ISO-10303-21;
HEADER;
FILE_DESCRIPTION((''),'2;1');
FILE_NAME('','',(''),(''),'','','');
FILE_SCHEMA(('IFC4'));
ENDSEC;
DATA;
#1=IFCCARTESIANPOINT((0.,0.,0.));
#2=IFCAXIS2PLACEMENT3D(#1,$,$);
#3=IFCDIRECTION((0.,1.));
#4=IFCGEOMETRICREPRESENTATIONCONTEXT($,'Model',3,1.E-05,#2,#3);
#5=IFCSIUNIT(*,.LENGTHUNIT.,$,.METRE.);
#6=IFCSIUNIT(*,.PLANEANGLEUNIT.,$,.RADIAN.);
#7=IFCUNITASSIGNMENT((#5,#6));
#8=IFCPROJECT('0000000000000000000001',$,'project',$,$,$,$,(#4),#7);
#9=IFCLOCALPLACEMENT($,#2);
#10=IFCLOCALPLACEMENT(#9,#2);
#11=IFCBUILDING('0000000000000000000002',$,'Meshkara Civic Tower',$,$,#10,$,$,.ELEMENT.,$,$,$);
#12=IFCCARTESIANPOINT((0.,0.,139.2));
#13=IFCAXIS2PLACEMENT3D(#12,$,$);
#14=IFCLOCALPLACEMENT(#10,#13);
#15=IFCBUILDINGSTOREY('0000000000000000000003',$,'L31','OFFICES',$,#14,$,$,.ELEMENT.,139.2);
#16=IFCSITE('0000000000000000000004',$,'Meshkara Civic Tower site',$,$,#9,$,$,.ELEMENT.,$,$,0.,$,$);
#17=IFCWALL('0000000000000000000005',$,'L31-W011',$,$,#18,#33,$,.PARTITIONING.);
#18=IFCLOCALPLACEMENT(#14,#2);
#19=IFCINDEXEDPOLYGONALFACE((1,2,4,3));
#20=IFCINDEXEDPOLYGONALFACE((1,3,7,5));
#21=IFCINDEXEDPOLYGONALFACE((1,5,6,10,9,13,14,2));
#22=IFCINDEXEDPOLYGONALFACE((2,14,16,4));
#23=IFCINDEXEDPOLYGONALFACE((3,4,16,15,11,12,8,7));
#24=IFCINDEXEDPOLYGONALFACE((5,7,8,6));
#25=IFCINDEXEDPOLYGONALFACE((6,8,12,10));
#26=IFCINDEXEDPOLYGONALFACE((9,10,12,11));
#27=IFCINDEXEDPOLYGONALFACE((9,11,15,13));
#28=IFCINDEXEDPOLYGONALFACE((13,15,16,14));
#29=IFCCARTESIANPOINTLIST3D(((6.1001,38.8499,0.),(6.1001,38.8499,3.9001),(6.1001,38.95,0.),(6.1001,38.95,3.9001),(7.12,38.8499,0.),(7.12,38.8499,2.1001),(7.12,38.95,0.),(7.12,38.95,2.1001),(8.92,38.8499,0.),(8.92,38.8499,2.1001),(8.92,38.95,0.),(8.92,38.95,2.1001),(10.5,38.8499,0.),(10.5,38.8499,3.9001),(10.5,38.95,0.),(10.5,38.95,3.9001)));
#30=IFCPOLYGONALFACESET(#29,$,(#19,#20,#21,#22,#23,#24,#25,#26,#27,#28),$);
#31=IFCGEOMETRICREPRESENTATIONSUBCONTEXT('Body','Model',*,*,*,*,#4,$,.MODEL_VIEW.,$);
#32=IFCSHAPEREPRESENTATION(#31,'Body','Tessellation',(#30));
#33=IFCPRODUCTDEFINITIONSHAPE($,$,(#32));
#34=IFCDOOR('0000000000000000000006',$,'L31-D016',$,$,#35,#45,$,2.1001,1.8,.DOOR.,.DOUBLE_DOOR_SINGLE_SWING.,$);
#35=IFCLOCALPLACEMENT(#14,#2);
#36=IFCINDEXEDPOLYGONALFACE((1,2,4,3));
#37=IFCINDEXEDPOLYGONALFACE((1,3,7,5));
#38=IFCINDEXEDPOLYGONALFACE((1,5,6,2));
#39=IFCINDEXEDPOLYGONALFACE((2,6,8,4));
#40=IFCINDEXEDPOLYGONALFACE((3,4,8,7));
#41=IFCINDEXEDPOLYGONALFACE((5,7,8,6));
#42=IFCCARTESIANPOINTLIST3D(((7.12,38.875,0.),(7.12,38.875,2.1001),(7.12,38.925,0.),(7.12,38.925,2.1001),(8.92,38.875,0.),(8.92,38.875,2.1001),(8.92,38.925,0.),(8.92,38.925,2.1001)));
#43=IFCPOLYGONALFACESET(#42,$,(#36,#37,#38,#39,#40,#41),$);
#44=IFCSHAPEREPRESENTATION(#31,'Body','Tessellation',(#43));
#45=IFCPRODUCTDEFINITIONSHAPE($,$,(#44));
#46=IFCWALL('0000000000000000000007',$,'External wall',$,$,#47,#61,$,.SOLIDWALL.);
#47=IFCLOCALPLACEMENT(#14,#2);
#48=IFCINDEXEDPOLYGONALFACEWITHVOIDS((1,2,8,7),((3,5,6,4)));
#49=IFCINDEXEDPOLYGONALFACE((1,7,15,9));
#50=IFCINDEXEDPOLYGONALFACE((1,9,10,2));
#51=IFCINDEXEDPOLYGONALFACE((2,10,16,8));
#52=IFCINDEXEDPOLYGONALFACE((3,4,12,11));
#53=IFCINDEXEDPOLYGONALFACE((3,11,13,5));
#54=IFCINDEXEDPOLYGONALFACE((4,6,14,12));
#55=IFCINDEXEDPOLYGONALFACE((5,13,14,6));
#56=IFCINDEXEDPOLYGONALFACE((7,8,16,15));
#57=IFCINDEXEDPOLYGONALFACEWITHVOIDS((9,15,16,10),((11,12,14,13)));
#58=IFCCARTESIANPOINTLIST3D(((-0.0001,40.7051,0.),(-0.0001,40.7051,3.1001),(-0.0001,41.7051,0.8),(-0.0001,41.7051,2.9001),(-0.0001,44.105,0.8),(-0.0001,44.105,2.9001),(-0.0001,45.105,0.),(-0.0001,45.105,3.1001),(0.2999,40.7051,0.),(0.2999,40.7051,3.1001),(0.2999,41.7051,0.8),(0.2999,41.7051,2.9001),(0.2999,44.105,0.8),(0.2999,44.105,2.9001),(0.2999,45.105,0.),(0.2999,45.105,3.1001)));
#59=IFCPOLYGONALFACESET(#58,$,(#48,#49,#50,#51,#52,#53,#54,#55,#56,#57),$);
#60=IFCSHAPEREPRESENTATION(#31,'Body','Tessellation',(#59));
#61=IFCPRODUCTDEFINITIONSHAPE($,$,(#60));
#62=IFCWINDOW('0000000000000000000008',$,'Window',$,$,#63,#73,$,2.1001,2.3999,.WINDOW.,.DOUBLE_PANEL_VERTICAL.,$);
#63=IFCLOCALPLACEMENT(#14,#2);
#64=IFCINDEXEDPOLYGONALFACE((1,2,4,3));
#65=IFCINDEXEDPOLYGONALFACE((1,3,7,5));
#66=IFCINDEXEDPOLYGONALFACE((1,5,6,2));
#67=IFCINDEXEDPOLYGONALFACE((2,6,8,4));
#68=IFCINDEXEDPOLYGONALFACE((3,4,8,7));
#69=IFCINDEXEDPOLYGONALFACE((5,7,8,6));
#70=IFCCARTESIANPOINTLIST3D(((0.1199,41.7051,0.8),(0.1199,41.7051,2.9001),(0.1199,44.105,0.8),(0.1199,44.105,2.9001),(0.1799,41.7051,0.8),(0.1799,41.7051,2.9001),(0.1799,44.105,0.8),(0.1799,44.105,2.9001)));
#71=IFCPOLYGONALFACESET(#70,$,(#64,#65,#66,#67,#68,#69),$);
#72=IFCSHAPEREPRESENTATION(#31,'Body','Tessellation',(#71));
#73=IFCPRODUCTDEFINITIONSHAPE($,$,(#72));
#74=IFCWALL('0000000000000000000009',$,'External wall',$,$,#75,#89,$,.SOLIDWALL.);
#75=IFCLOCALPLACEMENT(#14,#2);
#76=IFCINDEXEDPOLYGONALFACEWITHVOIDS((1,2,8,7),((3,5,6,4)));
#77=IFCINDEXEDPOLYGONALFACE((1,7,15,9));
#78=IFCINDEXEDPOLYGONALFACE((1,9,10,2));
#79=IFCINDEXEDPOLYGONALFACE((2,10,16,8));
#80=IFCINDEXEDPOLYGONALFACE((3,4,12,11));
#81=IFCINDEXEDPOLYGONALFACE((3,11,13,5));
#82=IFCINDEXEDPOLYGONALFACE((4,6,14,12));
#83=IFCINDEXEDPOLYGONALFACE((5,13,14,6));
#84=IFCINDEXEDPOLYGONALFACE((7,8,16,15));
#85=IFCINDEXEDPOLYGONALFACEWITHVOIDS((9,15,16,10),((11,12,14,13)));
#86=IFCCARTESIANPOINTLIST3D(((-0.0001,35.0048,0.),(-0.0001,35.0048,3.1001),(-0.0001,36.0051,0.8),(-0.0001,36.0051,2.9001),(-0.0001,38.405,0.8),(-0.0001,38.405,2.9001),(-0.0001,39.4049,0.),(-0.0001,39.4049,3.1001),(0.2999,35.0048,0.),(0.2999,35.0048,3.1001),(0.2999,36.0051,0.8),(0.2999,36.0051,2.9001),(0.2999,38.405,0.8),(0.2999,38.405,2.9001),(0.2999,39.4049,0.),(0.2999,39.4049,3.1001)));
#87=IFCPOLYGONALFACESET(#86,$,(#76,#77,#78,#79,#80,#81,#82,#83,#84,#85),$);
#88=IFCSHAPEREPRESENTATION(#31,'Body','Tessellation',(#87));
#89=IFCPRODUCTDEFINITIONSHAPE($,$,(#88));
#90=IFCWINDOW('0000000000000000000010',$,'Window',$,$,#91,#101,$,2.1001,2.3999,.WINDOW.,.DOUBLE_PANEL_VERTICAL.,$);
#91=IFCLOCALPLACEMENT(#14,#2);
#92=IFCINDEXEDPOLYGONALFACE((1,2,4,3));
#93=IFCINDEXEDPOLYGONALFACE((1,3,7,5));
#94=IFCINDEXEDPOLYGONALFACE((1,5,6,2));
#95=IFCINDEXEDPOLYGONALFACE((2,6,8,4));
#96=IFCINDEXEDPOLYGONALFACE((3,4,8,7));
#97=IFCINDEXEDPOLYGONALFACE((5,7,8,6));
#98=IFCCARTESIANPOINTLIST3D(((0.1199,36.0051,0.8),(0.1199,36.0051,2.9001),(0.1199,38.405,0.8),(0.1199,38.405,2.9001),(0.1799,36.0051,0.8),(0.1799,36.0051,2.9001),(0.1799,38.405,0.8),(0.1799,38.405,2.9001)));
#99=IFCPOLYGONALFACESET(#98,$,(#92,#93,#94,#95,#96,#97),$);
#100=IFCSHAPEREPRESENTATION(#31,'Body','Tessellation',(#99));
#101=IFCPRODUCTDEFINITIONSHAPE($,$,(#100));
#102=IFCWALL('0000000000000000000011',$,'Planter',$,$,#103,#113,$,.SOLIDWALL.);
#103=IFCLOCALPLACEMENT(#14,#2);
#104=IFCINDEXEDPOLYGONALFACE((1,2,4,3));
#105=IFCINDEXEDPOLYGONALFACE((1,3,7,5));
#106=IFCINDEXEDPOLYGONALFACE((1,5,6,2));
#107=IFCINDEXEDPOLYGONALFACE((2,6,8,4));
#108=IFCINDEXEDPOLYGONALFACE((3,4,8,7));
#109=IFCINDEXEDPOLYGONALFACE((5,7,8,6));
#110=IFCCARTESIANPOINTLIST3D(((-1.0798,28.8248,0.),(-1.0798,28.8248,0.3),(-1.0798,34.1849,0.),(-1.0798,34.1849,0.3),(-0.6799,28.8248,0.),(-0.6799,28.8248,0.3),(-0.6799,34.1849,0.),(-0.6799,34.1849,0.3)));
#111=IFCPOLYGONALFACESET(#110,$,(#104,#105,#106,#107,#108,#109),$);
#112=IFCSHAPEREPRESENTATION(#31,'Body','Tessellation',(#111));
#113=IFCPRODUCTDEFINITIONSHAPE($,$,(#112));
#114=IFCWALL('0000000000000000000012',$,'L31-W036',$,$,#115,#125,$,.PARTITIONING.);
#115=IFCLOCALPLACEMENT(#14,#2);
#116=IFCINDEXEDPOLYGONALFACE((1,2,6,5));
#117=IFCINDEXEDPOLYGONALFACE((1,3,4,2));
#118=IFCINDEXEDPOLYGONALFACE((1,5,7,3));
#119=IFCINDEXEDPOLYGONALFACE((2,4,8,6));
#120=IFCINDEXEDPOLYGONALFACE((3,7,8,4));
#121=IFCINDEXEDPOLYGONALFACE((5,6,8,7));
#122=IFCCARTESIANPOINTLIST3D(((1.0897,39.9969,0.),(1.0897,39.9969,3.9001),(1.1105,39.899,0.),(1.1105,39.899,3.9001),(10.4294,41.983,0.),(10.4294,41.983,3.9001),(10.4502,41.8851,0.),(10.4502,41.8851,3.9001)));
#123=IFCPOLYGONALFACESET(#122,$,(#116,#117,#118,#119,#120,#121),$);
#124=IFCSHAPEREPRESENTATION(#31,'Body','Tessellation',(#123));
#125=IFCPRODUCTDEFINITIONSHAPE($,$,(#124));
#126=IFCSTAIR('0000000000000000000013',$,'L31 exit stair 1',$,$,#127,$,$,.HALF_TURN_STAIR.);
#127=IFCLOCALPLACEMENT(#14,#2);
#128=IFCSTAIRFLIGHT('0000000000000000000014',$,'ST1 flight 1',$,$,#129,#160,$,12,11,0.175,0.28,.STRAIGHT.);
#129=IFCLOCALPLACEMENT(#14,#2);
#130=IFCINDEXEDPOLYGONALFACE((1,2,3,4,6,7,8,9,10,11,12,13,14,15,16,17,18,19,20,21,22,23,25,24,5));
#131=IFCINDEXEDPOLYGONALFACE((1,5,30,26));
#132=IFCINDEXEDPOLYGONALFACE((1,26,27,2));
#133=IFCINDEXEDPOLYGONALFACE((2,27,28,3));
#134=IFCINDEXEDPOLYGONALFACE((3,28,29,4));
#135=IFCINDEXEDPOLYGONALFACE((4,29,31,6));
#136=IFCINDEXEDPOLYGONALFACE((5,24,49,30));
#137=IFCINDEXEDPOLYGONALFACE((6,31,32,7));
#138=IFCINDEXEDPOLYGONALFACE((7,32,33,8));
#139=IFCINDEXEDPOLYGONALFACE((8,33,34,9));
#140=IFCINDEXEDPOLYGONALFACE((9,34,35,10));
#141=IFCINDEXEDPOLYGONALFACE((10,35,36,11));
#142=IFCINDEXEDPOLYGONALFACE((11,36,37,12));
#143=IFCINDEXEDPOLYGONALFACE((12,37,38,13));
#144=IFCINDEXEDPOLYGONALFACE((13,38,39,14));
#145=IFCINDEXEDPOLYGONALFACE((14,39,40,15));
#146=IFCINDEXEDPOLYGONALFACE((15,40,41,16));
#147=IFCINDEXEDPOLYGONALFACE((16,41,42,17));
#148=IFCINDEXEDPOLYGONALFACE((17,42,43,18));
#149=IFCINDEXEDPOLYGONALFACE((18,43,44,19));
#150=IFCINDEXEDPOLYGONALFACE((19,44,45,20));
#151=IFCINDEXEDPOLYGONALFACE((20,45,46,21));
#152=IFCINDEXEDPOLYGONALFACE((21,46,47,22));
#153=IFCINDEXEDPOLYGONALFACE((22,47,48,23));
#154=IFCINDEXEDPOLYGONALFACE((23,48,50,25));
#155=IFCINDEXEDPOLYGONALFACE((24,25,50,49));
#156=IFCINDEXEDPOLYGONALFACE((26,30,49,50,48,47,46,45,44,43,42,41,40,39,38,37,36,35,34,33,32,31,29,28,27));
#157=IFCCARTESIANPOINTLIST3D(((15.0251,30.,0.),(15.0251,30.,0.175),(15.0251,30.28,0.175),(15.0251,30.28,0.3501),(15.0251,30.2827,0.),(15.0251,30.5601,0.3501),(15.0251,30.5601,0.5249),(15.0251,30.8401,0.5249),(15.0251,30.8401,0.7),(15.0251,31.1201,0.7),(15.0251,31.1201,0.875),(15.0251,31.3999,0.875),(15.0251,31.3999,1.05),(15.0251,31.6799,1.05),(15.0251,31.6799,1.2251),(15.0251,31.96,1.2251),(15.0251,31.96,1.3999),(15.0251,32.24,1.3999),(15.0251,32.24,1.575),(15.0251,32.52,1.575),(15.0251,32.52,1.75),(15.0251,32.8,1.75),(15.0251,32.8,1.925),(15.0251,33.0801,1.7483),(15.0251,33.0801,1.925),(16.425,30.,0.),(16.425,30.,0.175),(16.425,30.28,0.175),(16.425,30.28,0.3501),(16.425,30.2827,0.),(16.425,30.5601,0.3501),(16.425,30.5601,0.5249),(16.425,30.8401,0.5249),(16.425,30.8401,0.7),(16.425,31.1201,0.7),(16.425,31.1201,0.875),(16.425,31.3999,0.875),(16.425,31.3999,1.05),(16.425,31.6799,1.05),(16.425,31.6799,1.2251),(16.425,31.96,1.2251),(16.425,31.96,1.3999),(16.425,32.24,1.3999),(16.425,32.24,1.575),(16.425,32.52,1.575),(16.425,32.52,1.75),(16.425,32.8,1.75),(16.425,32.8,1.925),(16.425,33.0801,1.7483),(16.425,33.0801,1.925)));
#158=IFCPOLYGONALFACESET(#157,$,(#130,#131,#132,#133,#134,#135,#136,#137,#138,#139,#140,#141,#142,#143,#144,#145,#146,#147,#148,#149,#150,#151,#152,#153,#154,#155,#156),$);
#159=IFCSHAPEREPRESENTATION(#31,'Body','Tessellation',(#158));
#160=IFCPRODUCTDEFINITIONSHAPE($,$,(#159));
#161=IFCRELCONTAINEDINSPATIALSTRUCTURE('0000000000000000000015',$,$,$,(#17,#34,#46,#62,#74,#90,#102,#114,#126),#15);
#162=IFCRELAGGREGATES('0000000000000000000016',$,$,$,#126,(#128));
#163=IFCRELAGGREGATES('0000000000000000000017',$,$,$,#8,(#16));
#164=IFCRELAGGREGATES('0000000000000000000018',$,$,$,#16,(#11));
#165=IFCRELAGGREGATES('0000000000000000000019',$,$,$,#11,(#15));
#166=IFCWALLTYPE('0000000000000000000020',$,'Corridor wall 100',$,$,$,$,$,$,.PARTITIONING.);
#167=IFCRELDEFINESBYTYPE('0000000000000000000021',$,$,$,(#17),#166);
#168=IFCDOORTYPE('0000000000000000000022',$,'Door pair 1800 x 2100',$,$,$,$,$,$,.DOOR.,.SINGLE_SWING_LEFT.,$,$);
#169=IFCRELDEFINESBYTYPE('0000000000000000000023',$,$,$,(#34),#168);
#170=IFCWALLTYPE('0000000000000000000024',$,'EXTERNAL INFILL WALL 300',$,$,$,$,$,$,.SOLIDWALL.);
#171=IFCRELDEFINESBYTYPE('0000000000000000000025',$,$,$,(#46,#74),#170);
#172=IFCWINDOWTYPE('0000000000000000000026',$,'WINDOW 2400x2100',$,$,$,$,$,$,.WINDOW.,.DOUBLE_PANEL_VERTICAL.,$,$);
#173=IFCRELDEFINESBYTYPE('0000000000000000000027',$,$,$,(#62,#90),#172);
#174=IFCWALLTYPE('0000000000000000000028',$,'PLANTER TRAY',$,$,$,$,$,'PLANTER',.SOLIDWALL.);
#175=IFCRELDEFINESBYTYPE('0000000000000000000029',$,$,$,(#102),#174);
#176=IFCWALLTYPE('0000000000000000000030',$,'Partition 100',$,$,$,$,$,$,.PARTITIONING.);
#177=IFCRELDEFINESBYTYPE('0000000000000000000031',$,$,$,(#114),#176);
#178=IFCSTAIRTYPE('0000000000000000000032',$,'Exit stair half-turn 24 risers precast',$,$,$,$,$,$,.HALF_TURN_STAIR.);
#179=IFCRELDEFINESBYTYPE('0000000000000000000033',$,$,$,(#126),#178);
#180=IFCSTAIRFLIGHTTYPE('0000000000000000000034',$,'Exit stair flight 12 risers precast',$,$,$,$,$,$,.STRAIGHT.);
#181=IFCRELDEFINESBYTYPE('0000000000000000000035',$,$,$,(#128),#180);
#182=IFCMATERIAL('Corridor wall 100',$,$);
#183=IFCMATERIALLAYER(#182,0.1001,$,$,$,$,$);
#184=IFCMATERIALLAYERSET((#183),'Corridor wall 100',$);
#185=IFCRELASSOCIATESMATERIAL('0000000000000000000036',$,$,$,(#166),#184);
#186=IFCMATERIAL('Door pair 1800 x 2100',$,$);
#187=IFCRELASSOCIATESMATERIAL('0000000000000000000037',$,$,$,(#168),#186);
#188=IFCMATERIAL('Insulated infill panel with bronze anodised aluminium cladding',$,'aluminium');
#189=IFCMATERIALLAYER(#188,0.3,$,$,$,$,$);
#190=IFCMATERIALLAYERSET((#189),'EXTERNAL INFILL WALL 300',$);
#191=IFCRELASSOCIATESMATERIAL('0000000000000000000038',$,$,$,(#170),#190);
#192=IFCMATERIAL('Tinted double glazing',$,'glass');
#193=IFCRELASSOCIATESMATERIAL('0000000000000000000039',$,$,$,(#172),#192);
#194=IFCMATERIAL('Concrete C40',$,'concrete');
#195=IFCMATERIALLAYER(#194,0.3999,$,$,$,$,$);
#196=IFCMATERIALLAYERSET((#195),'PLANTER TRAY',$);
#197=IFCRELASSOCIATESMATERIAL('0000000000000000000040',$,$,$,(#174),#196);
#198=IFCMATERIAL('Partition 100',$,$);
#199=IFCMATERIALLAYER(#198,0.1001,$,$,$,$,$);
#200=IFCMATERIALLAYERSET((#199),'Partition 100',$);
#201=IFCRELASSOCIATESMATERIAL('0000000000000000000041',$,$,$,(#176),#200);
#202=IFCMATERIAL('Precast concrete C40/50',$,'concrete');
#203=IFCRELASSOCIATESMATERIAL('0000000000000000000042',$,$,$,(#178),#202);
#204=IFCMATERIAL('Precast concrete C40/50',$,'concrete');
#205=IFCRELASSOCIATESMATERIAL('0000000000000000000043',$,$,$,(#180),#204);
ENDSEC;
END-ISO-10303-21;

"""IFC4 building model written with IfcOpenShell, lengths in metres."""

from ifc_helpers import new_model, si_unit, direction, frame, frame_2d, origin, place, context, subcontext, project, spatial, polyline, rectangle, outline, extrude, material, layer, layer_set, type_object, element, fill, aggregate, save


model = new_model("IFC4")

# Units and contexts
model_context = context("Model", 3, precision=1e-05, world=origin(), true_north=direction((0.0, 1.0)))
body_context = subcontext(model_context, "Body", "Model", "MODEL_VIEW")
ifc_project = project(units=[si_unit("LENGTHUNIT", "METRE"), si_unit("PLANEANGLEUNIT", "RADIAN")], contexts=[model_context])

# Site, building, storey
site_placement = place(None, origin())
site = spatial("IfcSite", under=ifc_project, at=site_placement, Name="Meshkara Civic Tower site", CompositionType="ELEMENT", RefElevation=0.0)
building_placement = place(site_placement, origin())
building = spatial("IfcBuilding", under=site, at=building_placement, Name="Meshkara Civic Tower", CompositionType="ELEMENT")
storey_placement = place(building_placement, frame((0.0, 0.0, 139.2)))
storey = spatial("IfcBuildingStorey", under=building, at=storey_placement, Name="L31", Description="OFFICES", CompositionType="ELEMENT", Elevation=139.2)

# Wall, opening, door
ifc_material_1 = material(Name="Corridor wall 100")
ifc_layer_1 = layer(ifc_material_1, 0.1001)
ifc_layer_set_1 = layer_set([ifc_layer_1], Name="Corridor wall 100")
wall_type_1 = type_object("IfcWallType", Name="Corridor wall 100", PredefinedType="PARTITIONING", material=ifc_layer_set_1)
wall_1_placement = place(storey_placement, frame((10.5, 38.8999, 0.0), z_axis=(0.0, 0.0, 1.0), x_axis=(-1.0, 0.0, 0.0)))
wall_1 = element("IfcWall", 1, at=wall_1_placement, inside=storey, type_object=wall_type_1, Name="L31-W011", PredefinedType="PARTITIONING", context=body_context, shape_type="SweptSolid", body=[
    extrude(rectangle(XDim=4.3999, YDim=0.1001, at=frame_2d((2.2, 0.0))), origin(), (0.0, 0.0, 1.0), 3.9001),
])
opening_1_placement = place(wall_1_placement, frame((1.5801, 0.0, 0.0)))
opening_1 = element("IfcOpeningElement", 2, at=opening_1_placement, cuts=wall_1, PredefinedType="OPENING", context=body_context, shape_type="SweptSolid", body=[
    extrude(rectangle(XDim=1.8, YDim=2.1001, at=frame_2d((0.8999, 1.05))), frame((0.0, 0.0601, 0.0), z_axis=(0.0, -1.0, 0.0), x_axis=(1.0, 0.0, 0.0)), (0.0, 0.0, 1.0), 0.1201),
])
ifc_material_2 = material(Name="Door pair 1800 x 2100")
door_type_1 = type_object("IfcDoorType", Name="Door pair 1800 x 2100", OperationType="SINGLE_SWING_LEFT", PredefinedType="DOOR", material=ifc_material_2)
door_1_placement = place(opening_1_placement, origin())
door_1 = element("IfcDoor", 3, at=door_1_placement, inside=storey, type_object=door_type_1, Name="L31-D016", OperationType="DOUBLE_DOOR_SINGLE_SWING", OverallHeight=2.1001, OverallWidth=1.8, PredefinedType="DOOR", context=body_context, shape_type="SweptSolid", body=[
    extrude(rectangle(XDim=1.8, YDim=2.1001, at=frame_2d((0.8999, 1.05))), frame((0.0, 0.0249, 0.0), z_axis=(0.0, -1.0, 0.0), x_axis=(1.0, 0.0, 0.0)), (0.0, 0.0, 1.0), 0.05),
])
fill(opening_1, door_1)

# Walls, openings, windows
ifc_material_3 = material(Name="Insulated infill panel with bronze anodised aluminium cladding", Category="aluminium")
ifc_layer_2 = layer(ifc_material_3, 0.3)
ifc_layer_set_2 = layer_set([ifc_layer_2], Name="EXTERNAL INFILL WALL 300")
wall_type_2 = type_object("IfcWallType", Name="EXTERNAL INFILL WALL 300", PredefinedType="SOLIDWALL", material=ifc_layer_set_2)
wall_2_placement = place(storey_placement, frame((0.1499, 45.105, 0.0), z_axis=(0.0, 0.0, 1.0), x_axis=(0.0, -1.0, 0.0)))
wall_2 = element("IfcWall", 4, at=wall_2_placement, inside=storey, type_object=wall_type_2, Name="External wall", PredefinedType="SOLIDWALL", context=body_context, shape_type="SweptSolid", body=[
    extrude(rectangle(XDim=4.3999, YDim=0.3, at=frame_2d((2.2, 0.0))), origin(), (0.0, 0.0, 1.0), 3.1001),
])
opening_2_placement = place(wall_2_placement, frame((1.0, 0.0, 0.8)))
opening_2 = element("IfcOpeningElement", 5, at=opening_2_placement, cuts=wall_2, PredefinedType="OPENING", context=body_context, shape_type="SweptSolid", body=[
    extrude(rectangle(XDim=2.3999, YDim=2.1001, at=frame_2d((1.2, 1.05))), frame((0.0, 0.1599, 0.0), z_axis=(0.0, -1.0, 0.0), x_axis=(1.0, 0.0, 0.0)), (0.0, 0.0, 1.0), 0.3201),
])
ifc_material_4 = material(Name="Tinted double glazing", Category="glass")
window_type = type_object("IfcWindowType", Name="WINDOW 2400x2100", PartitioningType="DOUBLE_PANEL_VERTICAL", PredefinedType="WINDOW", material=ifc_material_4)
window_1_placement = place(opening_2_placement, origin())
window_1 = element("IfcWindow", 6, at=window_1_placement, inside=storey, type_object=window_type, Name="Window", OverallHeight=2.1001, OverallWidth=2.3999, PartitioningType="DOUBLE_PANEL_VERTICAL", PredefinedType="WINDOW", context=body_context, shape_type="SweptSolid", body=[
    extrude(rectangle(XDim=2.3999, YDim=2.1001, at=frame_2d((1.2, 1.05))), frame((0.0, 0.03, 0.0), z_axis=(0.0, -1.0, 0.0), x_axis=(1.0, 0.0, 0.0)), (0.0, 0.0, 1.0), 0.0601),
])
fill(opening_2, window_1)
wall_3_placement = place(storey_placement, frame((0.1499, 39.405, 0.0), z_axis=(0.0, 0.0, 1.0), x_axis=(0.0, -1.0, 0.0)))
wall_3 = element("IfcWall", 7, at=wall_3_placement, inside=storey, type_object=wall_type_2, Name="External wall", PredefinedType="SOLIDWALL", context=body_context, shape_type="SweptSolid", body=[
    extrude(rectangle(XDim=4.4001, YDim=0.3, at=frame_2d((2.2002, 0.0))), origin(), (0.0, 0.0, 1.0), 3.1001),
])
opening_3_placement = place(wall_3_placement, frame((1.0, 0.0, 0.8)))
opening_3 = element("IfcOpeningElement", 8, at=opening_3_placement, cuts=wall_3, PredefinedType="OPENING", context=body_context, shape_type="SweptSolid", body=[
    extrude(rectangle(XDim=2.3999, YDim=2.1001, at=frame_2d((1.2, 1.05))), frame((0.0, 0.1599, 0.0), z_axis=(0.0, -1.0, 0.0), x_axis=(1.0, 0.0, 0.0)), (0.0, 0.0, 1.0), 0.3201),
])
window_2_placement = place(opening_3_placement, origin())
window_2 = element("IfcWindow", 9, at=window_2_placement, inside=storey, type_object=window_type, Name="Window", OverallHeight=2.1001, OverallWidth=2.3999, PartitioningType="DOUBLE_PANEL_VERTICAL", PredefinedType="WINDOW", context=body_context, shape_type="SweptSolid", body=[
    extrude(rectangle(XDim=2.3999, YDim=2.1001, at=frame_2d((1.2, 1.05))), frame((0.0, 0.03, 0.0), z_axis=(0.0, -1.0, 0.0), x_axis=(1.0, 0.0, 0.0)), (0.0, 0.0, 1.0), 0.0601),
])
fill(opening_3, window_2)

# Walls
ifc_material_5 = material(Name="Concrete C40", Category="concrete")
ifc_layer_3 = layer(ifc_material_5, 0.3999)
ifc_layer_set_3 = layer_set([ifc_layer_3], Name="PLANTER TRAY")
wall_type_3 = type_object("IfcWallType", Name="PLANTER TRAY", ElementType="PLANTER", PredefinedType="SOLIDWALL", material=ifc_layer_set_3)
wall_4_placement = place(storey_placement, frame((-0.8799, 34.1851, 0.0), z_axis=(0.0, 0.0, 1.0), x_axis=(0.0, -1.0, 0.0)))
element("IfcWall", 10, at=wall_4_placement, inside=storey, type_object=wall_type_3, Name="Planter", PredefinedType="SOLIDWALL", context=body_context, shape_type="SweptSolid", body=[
    extrude(rectangle(XDim=5.3601, YDim=0.3999, at=frame_2d((2.6802, 0.0))), origin(), (0.0, 0.0, 1.0), 0.3),
])
ifc_material_6 = material(Name="Partition 100")
ifc_layer_4 = layer(ifc_material_6, 0.1001)
ifc_layer_set_4 = layer_set([ifc_layer_4], Name="Partition 100")
wall_type_4 = type_object("IfcWallType", Name="Partition 100", PredefinedType="PARTITIONING", material=ifc_layer_set_4)
wall_5_placement = place(storey_placement, frame((10.4399, 41.9341, 0.0), z_axis=(0.0, 0.0, 1.0), x_axis=(-0.97813, -0.207996, 0.0)))
element("IfcWall", 11, at=wall_5_placement, inside=storey, type_object=wall_type_4, Name="L31-W036", PredefinedType="PARTITIONING", context=body_context, shape_type="SweptSolid", body=[
    extrude(rectangle(XDim=9.5486, YDim=0.1001, at=frame_2d((4.7744, 0.0))), origin(), (0.0, 0.0, 1.0), 3.9001),
])

# Stair, stair flight
ifc_material_7 = material(Name="Precast concrete C40/50", Category="concrete")
stair_type = type_object("IfcStairType", Name="Exit stair half-turn 24 risers precast", PredefinedType="HALF_TURN_STAIR", material=ifc_material_7)
stair_placement = place(storey_placement, origin())
stair = element("IfcStair", 12, at=stair_placement, inside=storey, type_object=stair_type, Name="L31 exit stair 1", PredefinedType="HALF_TURN_STAIR")
ifc_material_8 = material(Name="Precast concrete C40/50", Category="concrete")
stair_flight_type = type_object("IfcStairFlightType", Name="Exit stair flight 12 risers precast", PredefinedType="STRAIGHT", material=ifc_material_8)
stair_flight_1_placement = place(storey_placement, frame((15.7251, 30.0, 0.0), z_axis=(0.0, 0.0, 1.0), x_axis=(0.0, 1.0, 0.0)))
stair_flight_1 = element("IfcStairFlight", 13, at=stair_flight_1_placement, type_object=stair_flight_type, Name="ST1 flight 1", NumberOfRisers=12, NumberOfTreads=11, PredefinedType="STRAIGHT", RiserHeight=0.175, TreadLength=0.28, context=body_context, shape_type="SweptSolid", body=[
    extrude(outline(polyline([(0.0, 0.0), (0.0, 0.175), (0.28, 0.175), (0.28, 0.3501), (0.5601, 0.3501), (0.5601, 0.5249), (0.8401, 0.5249), (0.8401, 0.7), (1.1201, 0.7), (1.1201, 0.875), (1.3999, 0.875), (1.3999, 1.05), (1.6799, 1.05), (1.6799, 1.2251), (1.96, 1.2251), (1.96, 1.3999), (2.24, 1.3999), (2.24, 1.575), (2.52, 1.575), (2.52, 1.75), (2.8, 1.75), (2.8, 1.925), (3.0801, 1.925), (3.0801, 2.1001), (3.0801, 1.7483), (0.2827, 0.0), (0.0, 0.0)])), frame((0.0, 0.7, 0.0), z_axis=(0.0, -1.0, 0.0), x_axis=(1.0, 0.0, 0.0)), (0.0, 0.0, 1.0), 1.3999),
])
aggregate(stair, [stair_flight_1])

save(model, "model.ifc")
